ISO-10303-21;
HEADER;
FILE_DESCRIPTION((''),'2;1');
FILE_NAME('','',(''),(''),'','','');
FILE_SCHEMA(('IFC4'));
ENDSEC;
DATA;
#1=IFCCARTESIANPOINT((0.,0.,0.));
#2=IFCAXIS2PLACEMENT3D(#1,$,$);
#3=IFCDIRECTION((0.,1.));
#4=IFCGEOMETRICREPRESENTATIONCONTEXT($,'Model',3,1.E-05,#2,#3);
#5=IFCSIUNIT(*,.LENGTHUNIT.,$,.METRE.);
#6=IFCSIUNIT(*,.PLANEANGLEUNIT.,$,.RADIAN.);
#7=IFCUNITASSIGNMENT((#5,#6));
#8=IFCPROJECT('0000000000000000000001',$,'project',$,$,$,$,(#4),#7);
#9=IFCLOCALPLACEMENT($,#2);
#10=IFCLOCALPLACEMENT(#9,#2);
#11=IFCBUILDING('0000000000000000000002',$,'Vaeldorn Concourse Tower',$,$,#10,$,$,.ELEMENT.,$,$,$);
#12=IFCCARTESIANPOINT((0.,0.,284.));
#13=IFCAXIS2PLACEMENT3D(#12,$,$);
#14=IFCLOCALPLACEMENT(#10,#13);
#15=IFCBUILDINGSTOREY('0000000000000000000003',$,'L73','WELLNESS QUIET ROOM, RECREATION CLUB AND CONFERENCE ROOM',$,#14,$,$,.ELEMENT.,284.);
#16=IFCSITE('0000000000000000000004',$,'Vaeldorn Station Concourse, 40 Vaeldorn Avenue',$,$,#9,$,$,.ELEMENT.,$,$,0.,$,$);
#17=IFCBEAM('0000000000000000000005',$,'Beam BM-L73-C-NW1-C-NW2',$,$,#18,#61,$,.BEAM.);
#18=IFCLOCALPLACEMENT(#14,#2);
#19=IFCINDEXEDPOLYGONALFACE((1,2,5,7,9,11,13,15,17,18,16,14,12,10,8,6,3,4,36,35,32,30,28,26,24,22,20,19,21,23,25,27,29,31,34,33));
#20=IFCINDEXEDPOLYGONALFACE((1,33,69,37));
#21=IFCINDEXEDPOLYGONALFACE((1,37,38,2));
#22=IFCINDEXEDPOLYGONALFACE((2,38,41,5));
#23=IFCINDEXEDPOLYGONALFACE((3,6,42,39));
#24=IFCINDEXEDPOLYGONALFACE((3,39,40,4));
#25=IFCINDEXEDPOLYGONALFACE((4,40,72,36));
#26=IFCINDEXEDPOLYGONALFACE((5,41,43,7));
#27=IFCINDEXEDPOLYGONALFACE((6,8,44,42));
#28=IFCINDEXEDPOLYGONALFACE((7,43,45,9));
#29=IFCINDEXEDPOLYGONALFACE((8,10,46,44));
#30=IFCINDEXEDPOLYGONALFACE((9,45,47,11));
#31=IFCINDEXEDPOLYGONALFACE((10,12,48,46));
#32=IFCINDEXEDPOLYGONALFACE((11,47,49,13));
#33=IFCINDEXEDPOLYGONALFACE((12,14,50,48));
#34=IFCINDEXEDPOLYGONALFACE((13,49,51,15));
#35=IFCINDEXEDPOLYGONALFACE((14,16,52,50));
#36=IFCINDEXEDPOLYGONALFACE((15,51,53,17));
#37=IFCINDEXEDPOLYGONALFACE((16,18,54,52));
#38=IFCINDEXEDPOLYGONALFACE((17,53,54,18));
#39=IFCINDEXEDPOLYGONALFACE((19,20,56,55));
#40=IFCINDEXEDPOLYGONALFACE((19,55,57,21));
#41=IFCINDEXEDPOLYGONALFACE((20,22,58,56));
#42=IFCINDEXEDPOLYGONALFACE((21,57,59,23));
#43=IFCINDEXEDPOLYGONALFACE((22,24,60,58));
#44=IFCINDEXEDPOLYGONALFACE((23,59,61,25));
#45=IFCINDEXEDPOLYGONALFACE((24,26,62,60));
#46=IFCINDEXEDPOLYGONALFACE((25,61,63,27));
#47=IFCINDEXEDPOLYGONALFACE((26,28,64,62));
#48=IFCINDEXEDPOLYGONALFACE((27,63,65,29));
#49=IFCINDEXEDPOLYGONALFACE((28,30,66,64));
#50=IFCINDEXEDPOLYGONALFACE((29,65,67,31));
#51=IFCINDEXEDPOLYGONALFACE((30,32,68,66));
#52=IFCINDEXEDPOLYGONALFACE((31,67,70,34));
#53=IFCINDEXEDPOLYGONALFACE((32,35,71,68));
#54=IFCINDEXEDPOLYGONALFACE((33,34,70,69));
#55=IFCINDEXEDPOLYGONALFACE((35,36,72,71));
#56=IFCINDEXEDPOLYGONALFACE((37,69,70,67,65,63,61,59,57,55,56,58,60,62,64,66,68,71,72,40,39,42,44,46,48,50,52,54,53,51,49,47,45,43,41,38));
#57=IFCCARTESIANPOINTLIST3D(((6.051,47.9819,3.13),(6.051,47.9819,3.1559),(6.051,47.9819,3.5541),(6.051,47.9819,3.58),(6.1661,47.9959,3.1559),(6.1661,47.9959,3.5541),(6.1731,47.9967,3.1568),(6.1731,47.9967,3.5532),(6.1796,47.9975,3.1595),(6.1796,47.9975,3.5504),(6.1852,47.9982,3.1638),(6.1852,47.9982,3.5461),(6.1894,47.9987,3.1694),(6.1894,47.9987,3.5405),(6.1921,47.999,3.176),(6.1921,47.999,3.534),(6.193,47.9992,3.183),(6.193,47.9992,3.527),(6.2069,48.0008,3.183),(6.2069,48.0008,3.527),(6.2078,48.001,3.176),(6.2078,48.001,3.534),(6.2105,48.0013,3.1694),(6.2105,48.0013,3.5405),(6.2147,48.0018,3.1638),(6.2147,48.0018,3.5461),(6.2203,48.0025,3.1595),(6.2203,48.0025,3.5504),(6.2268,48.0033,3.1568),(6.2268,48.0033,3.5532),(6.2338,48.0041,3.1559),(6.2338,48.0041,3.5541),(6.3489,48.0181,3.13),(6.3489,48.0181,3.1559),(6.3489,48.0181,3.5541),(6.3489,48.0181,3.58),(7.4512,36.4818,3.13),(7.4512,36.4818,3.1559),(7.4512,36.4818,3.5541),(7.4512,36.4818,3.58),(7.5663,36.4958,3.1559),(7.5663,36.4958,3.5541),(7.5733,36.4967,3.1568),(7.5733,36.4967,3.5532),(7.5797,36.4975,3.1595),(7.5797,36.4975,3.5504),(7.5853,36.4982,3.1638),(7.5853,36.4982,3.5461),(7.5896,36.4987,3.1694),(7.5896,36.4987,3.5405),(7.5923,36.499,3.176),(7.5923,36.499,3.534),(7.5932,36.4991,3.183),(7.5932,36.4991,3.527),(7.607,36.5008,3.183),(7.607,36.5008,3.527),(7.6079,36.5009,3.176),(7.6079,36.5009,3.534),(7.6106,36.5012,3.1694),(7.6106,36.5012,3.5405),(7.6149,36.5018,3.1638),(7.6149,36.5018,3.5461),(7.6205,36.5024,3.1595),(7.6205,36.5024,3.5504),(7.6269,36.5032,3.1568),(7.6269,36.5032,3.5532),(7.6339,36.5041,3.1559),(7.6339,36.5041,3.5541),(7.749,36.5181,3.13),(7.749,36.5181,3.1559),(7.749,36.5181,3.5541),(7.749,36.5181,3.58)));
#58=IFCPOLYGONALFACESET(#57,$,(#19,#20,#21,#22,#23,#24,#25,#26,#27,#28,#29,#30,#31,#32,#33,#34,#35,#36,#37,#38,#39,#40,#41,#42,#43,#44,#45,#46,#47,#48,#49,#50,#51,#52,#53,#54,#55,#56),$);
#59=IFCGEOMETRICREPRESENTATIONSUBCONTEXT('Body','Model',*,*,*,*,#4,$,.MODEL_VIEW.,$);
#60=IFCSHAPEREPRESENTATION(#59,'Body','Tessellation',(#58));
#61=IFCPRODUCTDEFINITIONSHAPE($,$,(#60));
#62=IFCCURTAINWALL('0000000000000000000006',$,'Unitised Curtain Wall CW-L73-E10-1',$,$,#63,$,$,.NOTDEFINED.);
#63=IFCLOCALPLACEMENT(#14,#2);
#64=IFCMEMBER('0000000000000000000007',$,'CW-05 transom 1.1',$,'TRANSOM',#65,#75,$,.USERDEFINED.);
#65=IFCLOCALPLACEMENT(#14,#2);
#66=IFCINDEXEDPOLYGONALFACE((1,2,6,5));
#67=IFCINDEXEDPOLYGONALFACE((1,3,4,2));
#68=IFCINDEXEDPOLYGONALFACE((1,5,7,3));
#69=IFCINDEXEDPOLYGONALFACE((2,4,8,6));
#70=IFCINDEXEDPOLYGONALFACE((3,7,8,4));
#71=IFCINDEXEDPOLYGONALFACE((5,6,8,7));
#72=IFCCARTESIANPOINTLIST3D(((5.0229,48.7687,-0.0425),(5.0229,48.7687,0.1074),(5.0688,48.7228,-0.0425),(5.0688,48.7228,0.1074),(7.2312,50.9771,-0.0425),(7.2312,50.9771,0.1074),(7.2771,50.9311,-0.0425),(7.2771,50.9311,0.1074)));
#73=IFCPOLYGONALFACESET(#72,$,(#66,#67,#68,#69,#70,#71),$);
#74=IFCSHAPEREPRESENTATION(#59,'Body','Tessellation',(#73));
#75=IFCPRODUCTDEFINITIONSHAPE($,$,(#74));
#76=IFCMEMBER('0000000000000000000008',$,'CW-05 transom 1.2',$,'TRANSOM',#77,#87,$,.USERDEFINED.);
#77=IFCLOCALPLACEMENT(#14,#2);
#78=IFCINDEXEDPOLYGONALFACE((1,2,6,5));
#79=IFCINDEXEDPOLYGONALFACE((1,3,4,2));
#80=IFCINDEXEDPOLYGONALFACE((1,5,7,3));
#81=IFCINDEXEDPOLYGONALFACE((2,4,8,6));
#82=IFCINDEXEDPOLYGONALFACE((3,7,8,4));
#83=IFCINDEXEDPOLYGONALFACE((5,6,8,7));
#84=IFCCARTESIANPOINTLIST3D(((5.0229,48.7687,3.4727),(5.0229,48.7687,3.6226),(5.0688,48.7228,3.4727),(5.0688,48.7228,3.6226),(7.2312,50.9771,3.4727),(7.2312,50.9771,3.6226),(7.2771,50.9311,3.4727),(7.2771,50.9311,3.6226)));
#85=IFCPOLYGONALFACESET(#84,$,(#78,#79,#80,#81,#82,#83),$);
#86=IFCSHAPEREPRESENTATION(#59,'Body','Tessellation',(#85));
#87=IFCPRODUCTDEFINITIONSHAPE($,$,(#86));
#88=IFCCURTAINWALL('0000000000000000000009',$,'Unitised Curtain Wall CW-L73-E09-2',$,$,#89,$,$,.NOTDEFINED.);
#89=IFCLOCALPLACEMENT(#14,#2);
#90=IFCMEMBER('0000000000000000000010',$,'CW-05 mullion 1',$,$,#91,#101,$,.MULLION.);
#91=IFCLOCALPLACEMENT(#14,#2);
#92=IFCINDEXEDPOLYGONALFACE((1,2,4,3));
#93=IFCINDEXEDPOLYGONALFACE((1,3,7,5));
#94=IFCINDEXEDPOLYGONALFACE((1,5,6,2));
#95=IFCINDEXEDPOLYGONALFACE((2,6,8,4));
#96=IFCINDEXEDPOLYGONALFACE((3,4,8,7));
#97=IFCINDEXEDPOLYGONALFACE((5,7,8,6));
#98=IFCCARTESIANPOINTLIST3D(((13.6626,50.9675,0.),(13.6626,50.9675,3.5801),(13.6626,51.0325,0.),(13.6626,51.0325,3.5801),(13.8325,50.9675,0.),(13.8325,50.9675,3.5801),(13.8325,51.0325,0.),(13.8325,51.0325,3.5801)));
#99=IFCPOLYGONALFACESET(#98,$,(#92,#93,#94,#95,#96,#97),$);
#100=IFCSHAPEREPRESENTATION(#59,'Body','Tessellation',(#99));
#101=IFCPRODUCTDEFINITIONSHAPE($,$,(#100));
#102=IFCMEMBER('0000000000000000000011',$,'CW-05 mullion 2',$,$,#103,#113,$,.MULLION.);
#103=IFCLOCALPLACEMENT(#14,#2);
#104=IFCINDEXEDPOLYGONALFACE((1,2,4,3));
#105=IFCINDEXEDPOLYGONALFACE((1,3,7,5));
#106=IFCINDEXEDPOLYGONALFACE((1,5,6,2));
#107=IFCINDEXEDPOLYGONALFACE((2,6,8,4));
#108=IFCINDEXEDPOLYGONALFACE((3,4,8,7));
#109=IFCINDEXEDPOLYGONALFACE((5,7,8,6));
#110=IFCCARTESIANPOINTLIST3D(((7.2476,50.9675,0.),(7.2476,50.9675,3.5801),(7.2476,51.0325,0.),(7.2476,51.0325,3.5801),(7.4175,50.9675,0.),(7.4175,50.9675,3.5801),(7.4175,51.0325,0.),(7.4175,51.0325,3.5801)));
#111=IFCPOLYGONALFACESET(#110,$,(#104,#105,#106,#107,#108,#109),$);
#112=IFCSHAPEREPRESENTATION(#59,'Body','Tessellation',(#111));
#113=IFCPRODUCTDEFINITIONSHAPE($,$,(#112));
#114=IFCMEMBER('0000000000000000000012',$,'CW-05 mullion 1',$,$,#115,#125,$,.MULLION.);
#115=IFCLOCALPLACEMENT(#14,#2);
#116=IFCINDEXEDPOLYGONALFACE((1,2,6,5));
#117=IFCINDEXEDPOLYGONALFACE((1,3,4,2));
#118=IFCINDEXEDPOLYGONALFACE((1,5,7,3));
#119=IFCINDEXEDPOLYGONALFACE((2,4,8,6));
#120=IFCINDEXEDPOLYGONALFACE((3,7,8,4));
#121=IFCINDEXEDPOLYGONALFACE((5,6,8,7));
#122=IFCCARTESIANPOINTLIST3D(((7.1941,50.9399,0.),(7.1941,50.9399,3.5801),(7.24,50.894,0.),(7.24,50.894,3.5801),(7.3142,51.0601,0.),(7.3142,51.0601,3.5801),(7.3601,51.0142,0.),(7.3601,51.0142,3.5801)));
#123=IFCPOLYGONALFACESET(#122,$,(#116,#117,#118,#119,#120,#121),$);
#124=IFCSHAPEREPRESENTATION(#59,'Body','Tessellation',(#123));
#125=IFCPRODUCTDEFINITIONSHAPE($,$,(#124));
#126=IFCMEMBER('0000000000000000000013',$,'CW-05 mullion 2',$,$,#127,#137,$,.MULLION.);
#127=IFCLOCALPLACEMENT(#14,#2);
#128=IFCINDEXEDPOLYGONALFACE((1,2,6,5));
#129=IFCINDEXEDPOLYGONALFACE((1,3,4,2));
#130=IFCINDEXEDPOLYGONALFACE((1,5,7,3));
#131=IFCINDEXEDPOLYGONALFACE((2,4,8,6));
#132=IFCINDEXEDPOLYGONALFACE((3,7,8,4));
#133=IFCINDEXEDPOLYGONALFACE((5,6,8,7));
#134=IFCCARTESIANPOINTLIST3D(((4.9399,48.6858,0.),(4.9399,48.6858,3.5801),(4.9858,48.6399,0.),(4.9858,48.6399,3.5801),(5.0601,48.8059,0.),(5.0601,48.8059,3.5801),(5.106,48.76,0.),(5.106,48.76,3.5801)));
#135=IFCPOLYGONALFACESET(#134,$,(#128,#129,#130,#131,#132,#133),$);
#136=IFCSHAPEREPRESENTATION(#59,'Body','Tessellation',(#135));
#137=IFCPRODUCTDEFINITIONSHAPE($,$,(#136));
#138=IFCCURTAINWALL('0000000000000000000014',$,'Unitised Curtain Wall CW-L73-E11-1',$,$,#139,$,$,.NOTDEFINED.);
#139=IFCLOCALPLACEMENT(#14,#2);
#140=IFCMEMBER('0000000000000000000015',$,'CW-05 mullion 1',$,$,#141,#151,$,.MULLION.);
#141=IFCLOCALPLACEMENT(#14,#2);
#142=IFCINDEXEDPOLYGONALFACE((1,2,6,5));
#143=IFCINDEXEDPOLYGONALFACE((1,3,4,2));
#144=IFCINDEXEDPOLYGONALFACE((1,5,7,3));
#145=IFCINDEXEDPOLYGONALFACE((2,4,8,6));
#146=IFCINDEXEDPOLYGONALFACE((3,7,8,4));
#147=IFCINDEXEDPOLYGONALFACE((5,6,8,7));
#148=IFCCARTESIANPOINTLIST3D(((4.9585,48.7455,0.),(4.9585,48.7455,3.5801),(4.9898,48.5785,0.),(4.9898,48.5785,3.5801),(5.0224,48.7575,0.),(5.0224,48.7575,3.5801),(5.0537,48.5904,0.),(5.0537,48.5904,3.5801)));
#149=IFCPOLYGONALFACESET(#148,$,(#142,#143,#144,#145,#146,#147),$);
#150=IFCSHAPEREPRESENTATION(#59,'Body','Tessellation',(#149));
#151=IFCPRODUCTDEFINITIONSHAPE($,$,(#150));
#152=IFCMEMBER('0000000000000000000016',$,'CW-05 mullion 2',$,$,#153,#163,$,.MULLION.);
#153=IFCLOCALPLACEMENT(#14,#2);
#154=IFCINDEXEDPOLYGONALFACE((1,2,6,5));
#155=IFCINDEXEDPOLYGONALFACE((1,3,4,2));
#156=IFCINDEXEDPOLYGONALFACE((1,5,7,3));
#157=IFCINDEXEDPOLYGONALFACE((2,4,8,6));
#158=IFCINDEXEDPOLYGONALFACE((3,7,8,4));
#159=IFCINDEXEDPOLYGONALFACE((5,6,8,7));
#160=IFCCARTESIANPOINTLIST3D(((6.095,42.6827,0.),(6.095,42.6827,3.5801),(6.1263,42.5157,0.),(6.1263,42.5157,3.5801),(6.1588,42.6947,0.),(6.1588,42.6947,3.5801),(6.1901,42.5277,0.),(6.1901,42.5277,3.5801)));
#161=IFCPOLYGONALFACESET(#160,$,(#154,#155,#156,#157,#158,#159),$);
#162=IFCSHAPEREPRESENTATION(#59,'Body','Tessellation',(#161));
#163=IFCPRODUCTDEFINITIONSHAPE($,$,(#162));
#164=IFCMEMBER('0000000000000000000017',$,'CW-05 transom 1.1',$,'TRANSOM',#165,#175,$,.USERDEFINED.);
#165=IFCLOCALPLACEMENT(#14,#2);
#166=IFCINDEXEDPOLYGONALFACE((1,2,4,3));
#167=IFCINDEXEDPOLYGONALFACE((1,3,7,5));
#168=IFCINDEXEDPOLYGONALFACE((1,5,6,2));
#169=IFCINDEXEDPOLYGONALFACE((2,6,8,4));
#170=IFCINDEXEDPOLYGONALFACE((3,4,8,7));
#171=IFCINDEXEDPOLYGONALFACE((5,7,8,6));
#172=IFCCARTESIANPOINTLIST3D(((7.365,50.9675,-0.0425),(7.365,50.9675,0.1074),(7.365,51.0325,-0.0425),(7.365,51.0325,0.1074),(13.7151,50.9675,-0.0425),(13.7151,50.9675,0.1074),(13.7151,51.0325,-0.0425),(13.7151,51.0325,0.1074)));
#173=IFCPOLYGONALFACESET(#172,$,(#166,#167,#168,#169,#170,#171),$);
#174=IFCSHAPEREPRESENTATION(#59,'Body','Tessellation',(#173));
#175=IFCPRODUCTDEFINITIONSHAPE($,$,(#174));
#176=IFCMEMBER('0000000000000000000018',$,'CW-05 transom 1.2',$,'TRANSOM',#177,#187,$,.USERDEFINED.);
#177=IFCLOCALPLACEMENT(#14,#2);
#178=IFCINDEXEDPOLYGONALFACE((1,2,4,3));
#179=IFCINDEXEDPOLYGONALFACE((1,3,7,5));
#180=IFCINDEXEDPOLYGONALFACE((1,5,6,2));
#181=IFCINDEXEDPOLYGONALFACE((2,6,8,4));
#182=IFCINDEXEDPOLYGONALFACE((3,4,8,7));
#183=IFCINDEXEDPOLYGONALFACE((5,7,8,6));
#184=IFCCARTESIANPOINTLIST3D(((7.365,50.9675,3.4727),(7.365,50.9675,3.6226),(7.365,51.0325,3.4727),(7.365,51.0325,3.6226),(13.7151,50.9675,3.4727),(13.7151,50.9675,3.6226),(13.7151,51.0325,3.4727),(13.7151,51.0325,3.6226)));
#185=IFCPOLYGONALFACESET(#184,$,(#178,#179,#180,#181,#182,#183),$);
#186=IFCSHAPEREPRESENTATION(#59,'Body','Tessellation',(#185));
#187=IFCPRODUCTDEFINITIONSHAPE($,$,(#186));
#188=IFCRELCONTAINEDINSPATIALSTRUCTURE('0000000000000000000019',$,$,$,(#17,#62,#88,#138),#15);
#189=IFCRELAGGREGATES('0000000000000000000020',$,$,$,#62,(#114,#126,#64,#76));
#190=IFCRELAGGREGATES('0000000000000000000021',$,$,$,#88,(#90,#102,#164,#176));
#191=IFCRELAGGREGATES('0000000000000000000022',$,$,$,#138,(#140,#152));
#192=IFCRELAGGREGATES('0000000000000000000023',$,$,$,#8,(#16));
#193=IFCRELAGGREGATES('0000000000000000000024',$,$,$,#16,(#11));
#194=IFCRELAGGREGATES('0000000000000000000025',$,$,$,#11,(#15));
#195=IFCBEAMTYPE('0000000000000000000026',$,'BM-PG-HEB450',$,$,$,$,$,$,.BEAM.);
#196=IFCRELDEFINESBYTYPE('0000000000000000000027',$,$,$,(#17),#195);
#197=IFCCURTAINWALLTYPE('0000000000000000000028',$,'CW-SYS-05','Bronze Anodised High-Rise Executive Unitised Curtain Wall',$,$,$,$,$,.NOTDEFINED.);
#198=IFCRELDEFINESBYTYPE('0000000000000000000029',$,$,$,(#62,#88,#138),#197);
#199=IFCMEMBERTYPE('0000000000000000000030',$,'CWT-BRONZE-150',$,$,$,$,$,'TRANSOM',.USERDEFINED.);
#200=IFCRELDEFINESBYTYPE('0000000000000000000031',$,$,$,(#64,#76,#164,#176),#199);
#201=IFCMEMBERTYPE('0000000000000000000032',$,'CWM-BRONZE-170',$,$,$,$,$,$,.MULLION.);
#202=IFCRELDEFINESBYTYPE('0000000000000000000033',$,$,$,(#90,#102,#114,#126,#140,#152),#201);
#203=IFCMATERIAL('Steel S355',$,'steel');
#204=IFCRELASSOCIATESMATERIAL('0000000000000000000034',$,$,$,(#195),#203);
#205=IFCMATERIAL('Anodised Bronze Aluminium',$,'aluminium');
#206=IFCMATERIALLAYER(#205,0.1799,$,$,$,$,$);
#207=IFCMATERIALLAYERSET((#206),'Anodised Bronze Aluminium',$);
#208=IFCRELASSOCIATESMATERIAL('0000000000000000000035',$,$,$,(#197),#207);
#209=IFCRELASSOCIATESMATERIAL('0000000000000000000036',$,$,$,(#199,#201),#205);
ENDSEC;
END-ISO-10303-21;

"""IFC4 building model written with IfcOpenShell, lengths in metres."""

from ifc_helpers import new_model, si_unit, direction, frame, origin, origin_2d, place, context, subcontext, project, spatial, rectangle, i_section, extrude, source, transform, mapped, material, layer, layer_set, material_profile, profile_set, type_object, element, aggregate, save


model = new_model("IFC4")

# Units and contexts
model_context = context("Model", 3, precision=1e-05, world=origin(), true_north=direction((0.0, 1.0)))
body_context = subcontext(model_context, "Body", "Model", "MODEL_VIEW")
ifc_project = project(units=[si_unit("LENGTHUNIT", "METRE"), si_unit("PLANEANGLEUNIT", "RADIAN")], contexts=[model_context])

# Site, building, storey
site_placement = place(None, origin())
site = spatial("IfcSite", under=ifc_project, at=site_placement, Name="Vaeldorn Station Concourse, 40 Vaeldorn Avenue", CompositionType="ELEMENT", RefElevation=0.0)
building_placement = place(site_placement, origin())
building = spatial("IfcBuilding", under=site, at=building_placement, Name="Vaeldorn Concourse Tower", CompositionType="ELEMENT")
storey_placement = place(building_placement, frame((0.0, 0.0, 284.0)))
storey = spatial("IfcBuildingStorey", under=building, at=storey_placement, Name="L73", Description="WELLNESS QUIET ROOM, RECREATION CLUB AND CONFERENCE ROOM", CompositionType="ELEMENT", Elevation=284.0)

# Shared definitions
ifc_material_1 = material(Name="Steel S355", Category="steel")

# Beam
ifc_material_profile_1 = material_profile(ifc_material_1, i_section(OverallWidth=0.3, OverallDepth=0.45, WebThickness=0.0139, FlangeThickness=0.0259, FilletRadius=0.0271, at=origin_2d()), Name="HEB 450")
ifc_profile_set_1 = profile_set([ifc_material_profile_1], Name="Steel S355")
beam_type_1 = type_object("IfcBeamType", Name="BM-PG-HEB450", PredefinedType="BEAM", material=ifc_profile_set_1)
shared_shape_1 = source(origin(), body_context, "Body", "SweptSolid", [
    extrude(i_section(OverallWidth=0.3, OverallDepth=0.45, WebThickness=0.0139, FlangeThickness=0.0259, FilletRadius=0.0271, at=origin_2d()), origin(), (0.0, 0.0, 1.0), 11.585),
])
beam_1_placement = place(storey_placement, frame((6.2, 48.0, 3.355), z_axis=(0.120859, -0.99267, 0.0), x_axis=(0.99267, 0.120859, 0.0)))
element("IfcBeam", 1, at=beam_1_placement, inside=storey, type_object=beam_type_1, Name="Beam BM-L73-C-NW1-C-NW2", PredefinedType="BEAM", context=body_context, shape_type="MappedRepresentation", body=[
    mapped(shared_shape_1, transform((0.0, 0.0, 0.0), scale=1.0)),
])

# Curtain walls, members
ifc_material_2 = material(Name="Anodised Bronze Aluminium", Category="aluminium")
ifc_layer_1 = layer(ifc_material_2, 0.1799)
ifc_layer_set_1 = layer_set([ifc_layer_1], Name="Anodised Bronze Aluminium")
curtain_wall_type = type_object("IfcCurtainWallType", Name="CW-SYS-05", Description="Bronze Anodised High-Rise Executive Unitised Curtain Wall", PredefinedType="NOTDEFINED", material=ifc_layer_set_1)
curtain_wall_1_placement = place(storey_placement, origin())
curtain_wall_1 = element("IfcCurtainWall", 2, at=curtain_wall_1_placement, inside=storey, type_object=curtain_wall_type, Name="Unitised Curtain Wall CW-L73-E10-1", PredefinedType="NOTDEFINED")
ifc_material_profile_2 = material_profile(ifc_material_2, rectangle(XDim=0.0649, YDim=0.1499, at=origin_2d()), Name="CWT 65x150")
ifc_profile_set_2 = profile_set([ifc_material_profile_2], Name="Anodised Bronze Aluminium")
member_type_1 = type_object("IfcMemberType", Name="CWT-BRONZE-150", ElementType="TRANSOM", PredefinedType="USERDEFINED", material=ifc_profile_set_2)
shared_shape_2 = source(origin(), body_context, "Body", "SweptSolid", [
    extrude(rectangle(XDim=0.0649, YDim=0.1499, at=origin_2d()), origin(), (0.0, 0.0, 1.0), 3.123),
])
member_1_placement = place(storey_placement, frame((7.2542, 50.9541, 0.0325), z_axis=(-0.707107, -0.707107, 0.0), x_axis=(0.707107, -0.707107, 0.0)))
member_1 = element("IfcMember", 3, at=member_1_placement, type_object=member_type_1, Name="CW-05 transom 1.1", ObjectType="TRANSOM", PredefinedType="USERDEFINED", context=body_context, shape_type="MappedRepresentation", body=[
    mapped(shared_shape_2, transform((0.0, 0.0, 0.0), scale=1.0)),
])
member_2_placement = place(storey_placement, frame((7.2542, 50.9541, 3.5476), z_axis=(-0.707107, -0.707107, 0.0), x_axis=(0.707107, -0.707107, 0.0)))
member_2 = element("IfcMember", 4, at=member_2_placement, type_object=member_type_1, Name="CW-05 transom 1.2", ObjectType="TRANSOM", PredefinedType="USERDEFINED", context=body_context, shape_type="MappedRepresentation", body=[
    mapped(shared_shape_2, transform((0.0, 0.0, 0.0), scale=1.0)),
])
curtain_wall_2_placement = place(storey_placement, origin())
curtain_wall_2 = element("IfcCurtainWall", 5, at=curtain_wall_2_placement, inside=storey, type_object=curtain_wall_type, Name="Unitised Curtain Wall CW-L73-E09-2", PredefinedType="NOTDEFINED")
ifc_material_profile_3 = material_profile(ifc_material_2, rectangle(XDim=0.0649, YDim=0.1699, at=origin_2d()), Name="CWM 65x170")
ifc_profile_set_3 = profile_set([ifc_material_profile_3], Name="Anodised Bronze Aluminium")
member_type_2 = type_object("IfcMemberType", Name="CWM-BRONZE-170", PredefinedType="MULLION", material=ifc_profile_set_3)
shared_shape_3 = source(origin(), body_context, "Body", "SweptSolid", [
    extrude(rectangle(XDim=0.0649, YDim=0.1699, at=origin_2d()), origin(), (0.0, 0.0, 1.0), 3.5801),
])
member_3_placement = place(storey_placement, frame((13.7476, 51.0, 0.0), z_axis=(0.0, 0.0, 1.0), x_axis=(0.0, -1.0, 0.0)))
member_3 = element("IfcMember", 6, at=member_3_placement, type_object=member_type_2, Name="CW-05 mullion 1", PredefinedType="MULLION", context=body_context, shape_type="MappedRepresentation", body=[
    mapped(shared_shape_3, transform((0.0, 0.0, 0.0), scale=1.0)),
])
member_4_placement = place(storey_placement, frame((7.3325, 51.0, 0.0), z_axis=(0.0, 0.0, 1.0), x_axis=(0.0, -1.0, 0.0)))
member_4 = element("IfcMember", 7, at=member_4_placement, type_object=member_type_2, Name="CW-05 mullion 2", PredefinedType="MULLION", context=body_context, shape_type="MappedRepresentation", body=[
    mapped(shared_shape_3, transform((0.0, 0.0, 0.0), scale=1.0)),
])

# Members
member_5_placement = place(storey_placement, frame((7.2771, 50.9771, 0.0), z_axis=(0.0, 0.0, 1.0), x_axis=(0.707107, -0.707107, 0.0)))
member_5 = element("IfcMember", 8, at=member_5_placement, type_object=member_type_2, Name="CW-05 mullion 1", PredefinedType="MULLION", context=body_context, shape_type="MappedRepresentation", body=[
    mapped(shared_shape_3, transform((0.0, 0.0, 0.0), scale=1.0)),
])
member_6_placement = place(storey_placement, frame((5.0229, 48.7229, 0.0), z_axis=(0.0, 0.0, 1.0), x_axis=(0.707107, -0.707107, 0.0)))
member_6 = element("IfcMember", 9, at=member_6_placement, type_object=member_type_2, Name="CW-05 mullion 2", PredefinedType="MULLION", context=body_context, shape_type="MappedRepresentation", body=[
    mapped(shared_shape_3, transform((0.0, 0.0, 0.0), scale=1.0)),
])

# Curtain wall, members
curtain_wall_3_placement = place(storey_placement, origin())
curtain_wall_3 = element("IfcCurtainWall", 10, at=curtain_wall_3_placement, inside=storey, type_object=curtain_wall_type, Name="Unitised Curtain Wall CW-L73-E11-1", PredefinedType="NOTDEFINED")
member_7_placement = place(storey_placement, frame((5.0061, 48.668, 0.0), z_axis=(0.0, 0.0, 1.0), x_axis=(0.98288, 0.184246, 0.0)))
member_7 = element("IfcMember", 11, at=member_7_placement, type_object=member_type_2, Name="CW-05 mullion 1", PredefinedType="MULLION", context=body_context, shape_type="MappedRepresentation", body=[
    mapped(shared_shape_3, transform((0.0, 0.0, 0.0), scale=1.0)),
])
member_8_placement = place(storey_placement, frame((6.1426, 42.6052, 0.0), z_axis=(0.0, 0.0, 1.0), x_axis=(0.98288, 0.184246, 0.0)))
member_8 = element("IfcMember", 12, at=member_8_placement, type_object=member_type_2, Name="CW-05 mullion 2", PredefinedType="MULLION", context=body_context, shape_type="MappedRepresentation", body=[
    mapped(shared_shape_3, transform((0.0, 0.0, 0.0), scale=1.0)),
])

# Members
shared_shape_4 = source(origin(), body_context, "Body", "SweptSolid", [
    extrude(rectangle(XDim=0.0649, YDim=0.1499, at=origin_2d()), origin(), (0.0, 0.0, 1.0), 6.3501),
])
member_9_placement = place(storey_placement, frame((13.7151, 51.0, 0.0325), z_axis=(-1.0, 0.0, 0.0), x_axis=(0.0, -1.0, 0.0)))
member_9 = element("IfcMember", 13, at=member_9_placement, type_object=member_type_1, Name="CW-05 transom 1.1", ObjectType="TRANSOM", PredefinedType="USERDEFINED", context=body_context, shape_type="MappedRepresentation", body=[
    mapped(shared_shape_4, transform((0.0, 0.0, 0.0), scale=1.0)),
])
member_10_placement = place(storey_placement, frame((13.7151, 51.0, 3.5476), z_axis=(-1.0, 0.0, 0.0), x_axis=(0.0, -1.0, 0.0)))
member_10 = element("IfcMember", 14, at=member_10_placement, type_object=member_type_1, Name="CW-05 transom 1.2", ObjectType="TRANSOM", PredefinedType="USERDEFINED", context=body_context, shape_type="MappedRepresentation", body=[
    mapped(shared_shape_4, transform((0.0, 0.0, 0.0), scale=1.0)),
])

aggregate(curtain_wall_1, [member_5, member_6, member_1, member_2])
aggregate(curtain_wall_2, [member_3, member_4, member_9, member_10])
aggregate(curtain_wall_3, [member_7, member_8])

save(model, "model.ifc")
